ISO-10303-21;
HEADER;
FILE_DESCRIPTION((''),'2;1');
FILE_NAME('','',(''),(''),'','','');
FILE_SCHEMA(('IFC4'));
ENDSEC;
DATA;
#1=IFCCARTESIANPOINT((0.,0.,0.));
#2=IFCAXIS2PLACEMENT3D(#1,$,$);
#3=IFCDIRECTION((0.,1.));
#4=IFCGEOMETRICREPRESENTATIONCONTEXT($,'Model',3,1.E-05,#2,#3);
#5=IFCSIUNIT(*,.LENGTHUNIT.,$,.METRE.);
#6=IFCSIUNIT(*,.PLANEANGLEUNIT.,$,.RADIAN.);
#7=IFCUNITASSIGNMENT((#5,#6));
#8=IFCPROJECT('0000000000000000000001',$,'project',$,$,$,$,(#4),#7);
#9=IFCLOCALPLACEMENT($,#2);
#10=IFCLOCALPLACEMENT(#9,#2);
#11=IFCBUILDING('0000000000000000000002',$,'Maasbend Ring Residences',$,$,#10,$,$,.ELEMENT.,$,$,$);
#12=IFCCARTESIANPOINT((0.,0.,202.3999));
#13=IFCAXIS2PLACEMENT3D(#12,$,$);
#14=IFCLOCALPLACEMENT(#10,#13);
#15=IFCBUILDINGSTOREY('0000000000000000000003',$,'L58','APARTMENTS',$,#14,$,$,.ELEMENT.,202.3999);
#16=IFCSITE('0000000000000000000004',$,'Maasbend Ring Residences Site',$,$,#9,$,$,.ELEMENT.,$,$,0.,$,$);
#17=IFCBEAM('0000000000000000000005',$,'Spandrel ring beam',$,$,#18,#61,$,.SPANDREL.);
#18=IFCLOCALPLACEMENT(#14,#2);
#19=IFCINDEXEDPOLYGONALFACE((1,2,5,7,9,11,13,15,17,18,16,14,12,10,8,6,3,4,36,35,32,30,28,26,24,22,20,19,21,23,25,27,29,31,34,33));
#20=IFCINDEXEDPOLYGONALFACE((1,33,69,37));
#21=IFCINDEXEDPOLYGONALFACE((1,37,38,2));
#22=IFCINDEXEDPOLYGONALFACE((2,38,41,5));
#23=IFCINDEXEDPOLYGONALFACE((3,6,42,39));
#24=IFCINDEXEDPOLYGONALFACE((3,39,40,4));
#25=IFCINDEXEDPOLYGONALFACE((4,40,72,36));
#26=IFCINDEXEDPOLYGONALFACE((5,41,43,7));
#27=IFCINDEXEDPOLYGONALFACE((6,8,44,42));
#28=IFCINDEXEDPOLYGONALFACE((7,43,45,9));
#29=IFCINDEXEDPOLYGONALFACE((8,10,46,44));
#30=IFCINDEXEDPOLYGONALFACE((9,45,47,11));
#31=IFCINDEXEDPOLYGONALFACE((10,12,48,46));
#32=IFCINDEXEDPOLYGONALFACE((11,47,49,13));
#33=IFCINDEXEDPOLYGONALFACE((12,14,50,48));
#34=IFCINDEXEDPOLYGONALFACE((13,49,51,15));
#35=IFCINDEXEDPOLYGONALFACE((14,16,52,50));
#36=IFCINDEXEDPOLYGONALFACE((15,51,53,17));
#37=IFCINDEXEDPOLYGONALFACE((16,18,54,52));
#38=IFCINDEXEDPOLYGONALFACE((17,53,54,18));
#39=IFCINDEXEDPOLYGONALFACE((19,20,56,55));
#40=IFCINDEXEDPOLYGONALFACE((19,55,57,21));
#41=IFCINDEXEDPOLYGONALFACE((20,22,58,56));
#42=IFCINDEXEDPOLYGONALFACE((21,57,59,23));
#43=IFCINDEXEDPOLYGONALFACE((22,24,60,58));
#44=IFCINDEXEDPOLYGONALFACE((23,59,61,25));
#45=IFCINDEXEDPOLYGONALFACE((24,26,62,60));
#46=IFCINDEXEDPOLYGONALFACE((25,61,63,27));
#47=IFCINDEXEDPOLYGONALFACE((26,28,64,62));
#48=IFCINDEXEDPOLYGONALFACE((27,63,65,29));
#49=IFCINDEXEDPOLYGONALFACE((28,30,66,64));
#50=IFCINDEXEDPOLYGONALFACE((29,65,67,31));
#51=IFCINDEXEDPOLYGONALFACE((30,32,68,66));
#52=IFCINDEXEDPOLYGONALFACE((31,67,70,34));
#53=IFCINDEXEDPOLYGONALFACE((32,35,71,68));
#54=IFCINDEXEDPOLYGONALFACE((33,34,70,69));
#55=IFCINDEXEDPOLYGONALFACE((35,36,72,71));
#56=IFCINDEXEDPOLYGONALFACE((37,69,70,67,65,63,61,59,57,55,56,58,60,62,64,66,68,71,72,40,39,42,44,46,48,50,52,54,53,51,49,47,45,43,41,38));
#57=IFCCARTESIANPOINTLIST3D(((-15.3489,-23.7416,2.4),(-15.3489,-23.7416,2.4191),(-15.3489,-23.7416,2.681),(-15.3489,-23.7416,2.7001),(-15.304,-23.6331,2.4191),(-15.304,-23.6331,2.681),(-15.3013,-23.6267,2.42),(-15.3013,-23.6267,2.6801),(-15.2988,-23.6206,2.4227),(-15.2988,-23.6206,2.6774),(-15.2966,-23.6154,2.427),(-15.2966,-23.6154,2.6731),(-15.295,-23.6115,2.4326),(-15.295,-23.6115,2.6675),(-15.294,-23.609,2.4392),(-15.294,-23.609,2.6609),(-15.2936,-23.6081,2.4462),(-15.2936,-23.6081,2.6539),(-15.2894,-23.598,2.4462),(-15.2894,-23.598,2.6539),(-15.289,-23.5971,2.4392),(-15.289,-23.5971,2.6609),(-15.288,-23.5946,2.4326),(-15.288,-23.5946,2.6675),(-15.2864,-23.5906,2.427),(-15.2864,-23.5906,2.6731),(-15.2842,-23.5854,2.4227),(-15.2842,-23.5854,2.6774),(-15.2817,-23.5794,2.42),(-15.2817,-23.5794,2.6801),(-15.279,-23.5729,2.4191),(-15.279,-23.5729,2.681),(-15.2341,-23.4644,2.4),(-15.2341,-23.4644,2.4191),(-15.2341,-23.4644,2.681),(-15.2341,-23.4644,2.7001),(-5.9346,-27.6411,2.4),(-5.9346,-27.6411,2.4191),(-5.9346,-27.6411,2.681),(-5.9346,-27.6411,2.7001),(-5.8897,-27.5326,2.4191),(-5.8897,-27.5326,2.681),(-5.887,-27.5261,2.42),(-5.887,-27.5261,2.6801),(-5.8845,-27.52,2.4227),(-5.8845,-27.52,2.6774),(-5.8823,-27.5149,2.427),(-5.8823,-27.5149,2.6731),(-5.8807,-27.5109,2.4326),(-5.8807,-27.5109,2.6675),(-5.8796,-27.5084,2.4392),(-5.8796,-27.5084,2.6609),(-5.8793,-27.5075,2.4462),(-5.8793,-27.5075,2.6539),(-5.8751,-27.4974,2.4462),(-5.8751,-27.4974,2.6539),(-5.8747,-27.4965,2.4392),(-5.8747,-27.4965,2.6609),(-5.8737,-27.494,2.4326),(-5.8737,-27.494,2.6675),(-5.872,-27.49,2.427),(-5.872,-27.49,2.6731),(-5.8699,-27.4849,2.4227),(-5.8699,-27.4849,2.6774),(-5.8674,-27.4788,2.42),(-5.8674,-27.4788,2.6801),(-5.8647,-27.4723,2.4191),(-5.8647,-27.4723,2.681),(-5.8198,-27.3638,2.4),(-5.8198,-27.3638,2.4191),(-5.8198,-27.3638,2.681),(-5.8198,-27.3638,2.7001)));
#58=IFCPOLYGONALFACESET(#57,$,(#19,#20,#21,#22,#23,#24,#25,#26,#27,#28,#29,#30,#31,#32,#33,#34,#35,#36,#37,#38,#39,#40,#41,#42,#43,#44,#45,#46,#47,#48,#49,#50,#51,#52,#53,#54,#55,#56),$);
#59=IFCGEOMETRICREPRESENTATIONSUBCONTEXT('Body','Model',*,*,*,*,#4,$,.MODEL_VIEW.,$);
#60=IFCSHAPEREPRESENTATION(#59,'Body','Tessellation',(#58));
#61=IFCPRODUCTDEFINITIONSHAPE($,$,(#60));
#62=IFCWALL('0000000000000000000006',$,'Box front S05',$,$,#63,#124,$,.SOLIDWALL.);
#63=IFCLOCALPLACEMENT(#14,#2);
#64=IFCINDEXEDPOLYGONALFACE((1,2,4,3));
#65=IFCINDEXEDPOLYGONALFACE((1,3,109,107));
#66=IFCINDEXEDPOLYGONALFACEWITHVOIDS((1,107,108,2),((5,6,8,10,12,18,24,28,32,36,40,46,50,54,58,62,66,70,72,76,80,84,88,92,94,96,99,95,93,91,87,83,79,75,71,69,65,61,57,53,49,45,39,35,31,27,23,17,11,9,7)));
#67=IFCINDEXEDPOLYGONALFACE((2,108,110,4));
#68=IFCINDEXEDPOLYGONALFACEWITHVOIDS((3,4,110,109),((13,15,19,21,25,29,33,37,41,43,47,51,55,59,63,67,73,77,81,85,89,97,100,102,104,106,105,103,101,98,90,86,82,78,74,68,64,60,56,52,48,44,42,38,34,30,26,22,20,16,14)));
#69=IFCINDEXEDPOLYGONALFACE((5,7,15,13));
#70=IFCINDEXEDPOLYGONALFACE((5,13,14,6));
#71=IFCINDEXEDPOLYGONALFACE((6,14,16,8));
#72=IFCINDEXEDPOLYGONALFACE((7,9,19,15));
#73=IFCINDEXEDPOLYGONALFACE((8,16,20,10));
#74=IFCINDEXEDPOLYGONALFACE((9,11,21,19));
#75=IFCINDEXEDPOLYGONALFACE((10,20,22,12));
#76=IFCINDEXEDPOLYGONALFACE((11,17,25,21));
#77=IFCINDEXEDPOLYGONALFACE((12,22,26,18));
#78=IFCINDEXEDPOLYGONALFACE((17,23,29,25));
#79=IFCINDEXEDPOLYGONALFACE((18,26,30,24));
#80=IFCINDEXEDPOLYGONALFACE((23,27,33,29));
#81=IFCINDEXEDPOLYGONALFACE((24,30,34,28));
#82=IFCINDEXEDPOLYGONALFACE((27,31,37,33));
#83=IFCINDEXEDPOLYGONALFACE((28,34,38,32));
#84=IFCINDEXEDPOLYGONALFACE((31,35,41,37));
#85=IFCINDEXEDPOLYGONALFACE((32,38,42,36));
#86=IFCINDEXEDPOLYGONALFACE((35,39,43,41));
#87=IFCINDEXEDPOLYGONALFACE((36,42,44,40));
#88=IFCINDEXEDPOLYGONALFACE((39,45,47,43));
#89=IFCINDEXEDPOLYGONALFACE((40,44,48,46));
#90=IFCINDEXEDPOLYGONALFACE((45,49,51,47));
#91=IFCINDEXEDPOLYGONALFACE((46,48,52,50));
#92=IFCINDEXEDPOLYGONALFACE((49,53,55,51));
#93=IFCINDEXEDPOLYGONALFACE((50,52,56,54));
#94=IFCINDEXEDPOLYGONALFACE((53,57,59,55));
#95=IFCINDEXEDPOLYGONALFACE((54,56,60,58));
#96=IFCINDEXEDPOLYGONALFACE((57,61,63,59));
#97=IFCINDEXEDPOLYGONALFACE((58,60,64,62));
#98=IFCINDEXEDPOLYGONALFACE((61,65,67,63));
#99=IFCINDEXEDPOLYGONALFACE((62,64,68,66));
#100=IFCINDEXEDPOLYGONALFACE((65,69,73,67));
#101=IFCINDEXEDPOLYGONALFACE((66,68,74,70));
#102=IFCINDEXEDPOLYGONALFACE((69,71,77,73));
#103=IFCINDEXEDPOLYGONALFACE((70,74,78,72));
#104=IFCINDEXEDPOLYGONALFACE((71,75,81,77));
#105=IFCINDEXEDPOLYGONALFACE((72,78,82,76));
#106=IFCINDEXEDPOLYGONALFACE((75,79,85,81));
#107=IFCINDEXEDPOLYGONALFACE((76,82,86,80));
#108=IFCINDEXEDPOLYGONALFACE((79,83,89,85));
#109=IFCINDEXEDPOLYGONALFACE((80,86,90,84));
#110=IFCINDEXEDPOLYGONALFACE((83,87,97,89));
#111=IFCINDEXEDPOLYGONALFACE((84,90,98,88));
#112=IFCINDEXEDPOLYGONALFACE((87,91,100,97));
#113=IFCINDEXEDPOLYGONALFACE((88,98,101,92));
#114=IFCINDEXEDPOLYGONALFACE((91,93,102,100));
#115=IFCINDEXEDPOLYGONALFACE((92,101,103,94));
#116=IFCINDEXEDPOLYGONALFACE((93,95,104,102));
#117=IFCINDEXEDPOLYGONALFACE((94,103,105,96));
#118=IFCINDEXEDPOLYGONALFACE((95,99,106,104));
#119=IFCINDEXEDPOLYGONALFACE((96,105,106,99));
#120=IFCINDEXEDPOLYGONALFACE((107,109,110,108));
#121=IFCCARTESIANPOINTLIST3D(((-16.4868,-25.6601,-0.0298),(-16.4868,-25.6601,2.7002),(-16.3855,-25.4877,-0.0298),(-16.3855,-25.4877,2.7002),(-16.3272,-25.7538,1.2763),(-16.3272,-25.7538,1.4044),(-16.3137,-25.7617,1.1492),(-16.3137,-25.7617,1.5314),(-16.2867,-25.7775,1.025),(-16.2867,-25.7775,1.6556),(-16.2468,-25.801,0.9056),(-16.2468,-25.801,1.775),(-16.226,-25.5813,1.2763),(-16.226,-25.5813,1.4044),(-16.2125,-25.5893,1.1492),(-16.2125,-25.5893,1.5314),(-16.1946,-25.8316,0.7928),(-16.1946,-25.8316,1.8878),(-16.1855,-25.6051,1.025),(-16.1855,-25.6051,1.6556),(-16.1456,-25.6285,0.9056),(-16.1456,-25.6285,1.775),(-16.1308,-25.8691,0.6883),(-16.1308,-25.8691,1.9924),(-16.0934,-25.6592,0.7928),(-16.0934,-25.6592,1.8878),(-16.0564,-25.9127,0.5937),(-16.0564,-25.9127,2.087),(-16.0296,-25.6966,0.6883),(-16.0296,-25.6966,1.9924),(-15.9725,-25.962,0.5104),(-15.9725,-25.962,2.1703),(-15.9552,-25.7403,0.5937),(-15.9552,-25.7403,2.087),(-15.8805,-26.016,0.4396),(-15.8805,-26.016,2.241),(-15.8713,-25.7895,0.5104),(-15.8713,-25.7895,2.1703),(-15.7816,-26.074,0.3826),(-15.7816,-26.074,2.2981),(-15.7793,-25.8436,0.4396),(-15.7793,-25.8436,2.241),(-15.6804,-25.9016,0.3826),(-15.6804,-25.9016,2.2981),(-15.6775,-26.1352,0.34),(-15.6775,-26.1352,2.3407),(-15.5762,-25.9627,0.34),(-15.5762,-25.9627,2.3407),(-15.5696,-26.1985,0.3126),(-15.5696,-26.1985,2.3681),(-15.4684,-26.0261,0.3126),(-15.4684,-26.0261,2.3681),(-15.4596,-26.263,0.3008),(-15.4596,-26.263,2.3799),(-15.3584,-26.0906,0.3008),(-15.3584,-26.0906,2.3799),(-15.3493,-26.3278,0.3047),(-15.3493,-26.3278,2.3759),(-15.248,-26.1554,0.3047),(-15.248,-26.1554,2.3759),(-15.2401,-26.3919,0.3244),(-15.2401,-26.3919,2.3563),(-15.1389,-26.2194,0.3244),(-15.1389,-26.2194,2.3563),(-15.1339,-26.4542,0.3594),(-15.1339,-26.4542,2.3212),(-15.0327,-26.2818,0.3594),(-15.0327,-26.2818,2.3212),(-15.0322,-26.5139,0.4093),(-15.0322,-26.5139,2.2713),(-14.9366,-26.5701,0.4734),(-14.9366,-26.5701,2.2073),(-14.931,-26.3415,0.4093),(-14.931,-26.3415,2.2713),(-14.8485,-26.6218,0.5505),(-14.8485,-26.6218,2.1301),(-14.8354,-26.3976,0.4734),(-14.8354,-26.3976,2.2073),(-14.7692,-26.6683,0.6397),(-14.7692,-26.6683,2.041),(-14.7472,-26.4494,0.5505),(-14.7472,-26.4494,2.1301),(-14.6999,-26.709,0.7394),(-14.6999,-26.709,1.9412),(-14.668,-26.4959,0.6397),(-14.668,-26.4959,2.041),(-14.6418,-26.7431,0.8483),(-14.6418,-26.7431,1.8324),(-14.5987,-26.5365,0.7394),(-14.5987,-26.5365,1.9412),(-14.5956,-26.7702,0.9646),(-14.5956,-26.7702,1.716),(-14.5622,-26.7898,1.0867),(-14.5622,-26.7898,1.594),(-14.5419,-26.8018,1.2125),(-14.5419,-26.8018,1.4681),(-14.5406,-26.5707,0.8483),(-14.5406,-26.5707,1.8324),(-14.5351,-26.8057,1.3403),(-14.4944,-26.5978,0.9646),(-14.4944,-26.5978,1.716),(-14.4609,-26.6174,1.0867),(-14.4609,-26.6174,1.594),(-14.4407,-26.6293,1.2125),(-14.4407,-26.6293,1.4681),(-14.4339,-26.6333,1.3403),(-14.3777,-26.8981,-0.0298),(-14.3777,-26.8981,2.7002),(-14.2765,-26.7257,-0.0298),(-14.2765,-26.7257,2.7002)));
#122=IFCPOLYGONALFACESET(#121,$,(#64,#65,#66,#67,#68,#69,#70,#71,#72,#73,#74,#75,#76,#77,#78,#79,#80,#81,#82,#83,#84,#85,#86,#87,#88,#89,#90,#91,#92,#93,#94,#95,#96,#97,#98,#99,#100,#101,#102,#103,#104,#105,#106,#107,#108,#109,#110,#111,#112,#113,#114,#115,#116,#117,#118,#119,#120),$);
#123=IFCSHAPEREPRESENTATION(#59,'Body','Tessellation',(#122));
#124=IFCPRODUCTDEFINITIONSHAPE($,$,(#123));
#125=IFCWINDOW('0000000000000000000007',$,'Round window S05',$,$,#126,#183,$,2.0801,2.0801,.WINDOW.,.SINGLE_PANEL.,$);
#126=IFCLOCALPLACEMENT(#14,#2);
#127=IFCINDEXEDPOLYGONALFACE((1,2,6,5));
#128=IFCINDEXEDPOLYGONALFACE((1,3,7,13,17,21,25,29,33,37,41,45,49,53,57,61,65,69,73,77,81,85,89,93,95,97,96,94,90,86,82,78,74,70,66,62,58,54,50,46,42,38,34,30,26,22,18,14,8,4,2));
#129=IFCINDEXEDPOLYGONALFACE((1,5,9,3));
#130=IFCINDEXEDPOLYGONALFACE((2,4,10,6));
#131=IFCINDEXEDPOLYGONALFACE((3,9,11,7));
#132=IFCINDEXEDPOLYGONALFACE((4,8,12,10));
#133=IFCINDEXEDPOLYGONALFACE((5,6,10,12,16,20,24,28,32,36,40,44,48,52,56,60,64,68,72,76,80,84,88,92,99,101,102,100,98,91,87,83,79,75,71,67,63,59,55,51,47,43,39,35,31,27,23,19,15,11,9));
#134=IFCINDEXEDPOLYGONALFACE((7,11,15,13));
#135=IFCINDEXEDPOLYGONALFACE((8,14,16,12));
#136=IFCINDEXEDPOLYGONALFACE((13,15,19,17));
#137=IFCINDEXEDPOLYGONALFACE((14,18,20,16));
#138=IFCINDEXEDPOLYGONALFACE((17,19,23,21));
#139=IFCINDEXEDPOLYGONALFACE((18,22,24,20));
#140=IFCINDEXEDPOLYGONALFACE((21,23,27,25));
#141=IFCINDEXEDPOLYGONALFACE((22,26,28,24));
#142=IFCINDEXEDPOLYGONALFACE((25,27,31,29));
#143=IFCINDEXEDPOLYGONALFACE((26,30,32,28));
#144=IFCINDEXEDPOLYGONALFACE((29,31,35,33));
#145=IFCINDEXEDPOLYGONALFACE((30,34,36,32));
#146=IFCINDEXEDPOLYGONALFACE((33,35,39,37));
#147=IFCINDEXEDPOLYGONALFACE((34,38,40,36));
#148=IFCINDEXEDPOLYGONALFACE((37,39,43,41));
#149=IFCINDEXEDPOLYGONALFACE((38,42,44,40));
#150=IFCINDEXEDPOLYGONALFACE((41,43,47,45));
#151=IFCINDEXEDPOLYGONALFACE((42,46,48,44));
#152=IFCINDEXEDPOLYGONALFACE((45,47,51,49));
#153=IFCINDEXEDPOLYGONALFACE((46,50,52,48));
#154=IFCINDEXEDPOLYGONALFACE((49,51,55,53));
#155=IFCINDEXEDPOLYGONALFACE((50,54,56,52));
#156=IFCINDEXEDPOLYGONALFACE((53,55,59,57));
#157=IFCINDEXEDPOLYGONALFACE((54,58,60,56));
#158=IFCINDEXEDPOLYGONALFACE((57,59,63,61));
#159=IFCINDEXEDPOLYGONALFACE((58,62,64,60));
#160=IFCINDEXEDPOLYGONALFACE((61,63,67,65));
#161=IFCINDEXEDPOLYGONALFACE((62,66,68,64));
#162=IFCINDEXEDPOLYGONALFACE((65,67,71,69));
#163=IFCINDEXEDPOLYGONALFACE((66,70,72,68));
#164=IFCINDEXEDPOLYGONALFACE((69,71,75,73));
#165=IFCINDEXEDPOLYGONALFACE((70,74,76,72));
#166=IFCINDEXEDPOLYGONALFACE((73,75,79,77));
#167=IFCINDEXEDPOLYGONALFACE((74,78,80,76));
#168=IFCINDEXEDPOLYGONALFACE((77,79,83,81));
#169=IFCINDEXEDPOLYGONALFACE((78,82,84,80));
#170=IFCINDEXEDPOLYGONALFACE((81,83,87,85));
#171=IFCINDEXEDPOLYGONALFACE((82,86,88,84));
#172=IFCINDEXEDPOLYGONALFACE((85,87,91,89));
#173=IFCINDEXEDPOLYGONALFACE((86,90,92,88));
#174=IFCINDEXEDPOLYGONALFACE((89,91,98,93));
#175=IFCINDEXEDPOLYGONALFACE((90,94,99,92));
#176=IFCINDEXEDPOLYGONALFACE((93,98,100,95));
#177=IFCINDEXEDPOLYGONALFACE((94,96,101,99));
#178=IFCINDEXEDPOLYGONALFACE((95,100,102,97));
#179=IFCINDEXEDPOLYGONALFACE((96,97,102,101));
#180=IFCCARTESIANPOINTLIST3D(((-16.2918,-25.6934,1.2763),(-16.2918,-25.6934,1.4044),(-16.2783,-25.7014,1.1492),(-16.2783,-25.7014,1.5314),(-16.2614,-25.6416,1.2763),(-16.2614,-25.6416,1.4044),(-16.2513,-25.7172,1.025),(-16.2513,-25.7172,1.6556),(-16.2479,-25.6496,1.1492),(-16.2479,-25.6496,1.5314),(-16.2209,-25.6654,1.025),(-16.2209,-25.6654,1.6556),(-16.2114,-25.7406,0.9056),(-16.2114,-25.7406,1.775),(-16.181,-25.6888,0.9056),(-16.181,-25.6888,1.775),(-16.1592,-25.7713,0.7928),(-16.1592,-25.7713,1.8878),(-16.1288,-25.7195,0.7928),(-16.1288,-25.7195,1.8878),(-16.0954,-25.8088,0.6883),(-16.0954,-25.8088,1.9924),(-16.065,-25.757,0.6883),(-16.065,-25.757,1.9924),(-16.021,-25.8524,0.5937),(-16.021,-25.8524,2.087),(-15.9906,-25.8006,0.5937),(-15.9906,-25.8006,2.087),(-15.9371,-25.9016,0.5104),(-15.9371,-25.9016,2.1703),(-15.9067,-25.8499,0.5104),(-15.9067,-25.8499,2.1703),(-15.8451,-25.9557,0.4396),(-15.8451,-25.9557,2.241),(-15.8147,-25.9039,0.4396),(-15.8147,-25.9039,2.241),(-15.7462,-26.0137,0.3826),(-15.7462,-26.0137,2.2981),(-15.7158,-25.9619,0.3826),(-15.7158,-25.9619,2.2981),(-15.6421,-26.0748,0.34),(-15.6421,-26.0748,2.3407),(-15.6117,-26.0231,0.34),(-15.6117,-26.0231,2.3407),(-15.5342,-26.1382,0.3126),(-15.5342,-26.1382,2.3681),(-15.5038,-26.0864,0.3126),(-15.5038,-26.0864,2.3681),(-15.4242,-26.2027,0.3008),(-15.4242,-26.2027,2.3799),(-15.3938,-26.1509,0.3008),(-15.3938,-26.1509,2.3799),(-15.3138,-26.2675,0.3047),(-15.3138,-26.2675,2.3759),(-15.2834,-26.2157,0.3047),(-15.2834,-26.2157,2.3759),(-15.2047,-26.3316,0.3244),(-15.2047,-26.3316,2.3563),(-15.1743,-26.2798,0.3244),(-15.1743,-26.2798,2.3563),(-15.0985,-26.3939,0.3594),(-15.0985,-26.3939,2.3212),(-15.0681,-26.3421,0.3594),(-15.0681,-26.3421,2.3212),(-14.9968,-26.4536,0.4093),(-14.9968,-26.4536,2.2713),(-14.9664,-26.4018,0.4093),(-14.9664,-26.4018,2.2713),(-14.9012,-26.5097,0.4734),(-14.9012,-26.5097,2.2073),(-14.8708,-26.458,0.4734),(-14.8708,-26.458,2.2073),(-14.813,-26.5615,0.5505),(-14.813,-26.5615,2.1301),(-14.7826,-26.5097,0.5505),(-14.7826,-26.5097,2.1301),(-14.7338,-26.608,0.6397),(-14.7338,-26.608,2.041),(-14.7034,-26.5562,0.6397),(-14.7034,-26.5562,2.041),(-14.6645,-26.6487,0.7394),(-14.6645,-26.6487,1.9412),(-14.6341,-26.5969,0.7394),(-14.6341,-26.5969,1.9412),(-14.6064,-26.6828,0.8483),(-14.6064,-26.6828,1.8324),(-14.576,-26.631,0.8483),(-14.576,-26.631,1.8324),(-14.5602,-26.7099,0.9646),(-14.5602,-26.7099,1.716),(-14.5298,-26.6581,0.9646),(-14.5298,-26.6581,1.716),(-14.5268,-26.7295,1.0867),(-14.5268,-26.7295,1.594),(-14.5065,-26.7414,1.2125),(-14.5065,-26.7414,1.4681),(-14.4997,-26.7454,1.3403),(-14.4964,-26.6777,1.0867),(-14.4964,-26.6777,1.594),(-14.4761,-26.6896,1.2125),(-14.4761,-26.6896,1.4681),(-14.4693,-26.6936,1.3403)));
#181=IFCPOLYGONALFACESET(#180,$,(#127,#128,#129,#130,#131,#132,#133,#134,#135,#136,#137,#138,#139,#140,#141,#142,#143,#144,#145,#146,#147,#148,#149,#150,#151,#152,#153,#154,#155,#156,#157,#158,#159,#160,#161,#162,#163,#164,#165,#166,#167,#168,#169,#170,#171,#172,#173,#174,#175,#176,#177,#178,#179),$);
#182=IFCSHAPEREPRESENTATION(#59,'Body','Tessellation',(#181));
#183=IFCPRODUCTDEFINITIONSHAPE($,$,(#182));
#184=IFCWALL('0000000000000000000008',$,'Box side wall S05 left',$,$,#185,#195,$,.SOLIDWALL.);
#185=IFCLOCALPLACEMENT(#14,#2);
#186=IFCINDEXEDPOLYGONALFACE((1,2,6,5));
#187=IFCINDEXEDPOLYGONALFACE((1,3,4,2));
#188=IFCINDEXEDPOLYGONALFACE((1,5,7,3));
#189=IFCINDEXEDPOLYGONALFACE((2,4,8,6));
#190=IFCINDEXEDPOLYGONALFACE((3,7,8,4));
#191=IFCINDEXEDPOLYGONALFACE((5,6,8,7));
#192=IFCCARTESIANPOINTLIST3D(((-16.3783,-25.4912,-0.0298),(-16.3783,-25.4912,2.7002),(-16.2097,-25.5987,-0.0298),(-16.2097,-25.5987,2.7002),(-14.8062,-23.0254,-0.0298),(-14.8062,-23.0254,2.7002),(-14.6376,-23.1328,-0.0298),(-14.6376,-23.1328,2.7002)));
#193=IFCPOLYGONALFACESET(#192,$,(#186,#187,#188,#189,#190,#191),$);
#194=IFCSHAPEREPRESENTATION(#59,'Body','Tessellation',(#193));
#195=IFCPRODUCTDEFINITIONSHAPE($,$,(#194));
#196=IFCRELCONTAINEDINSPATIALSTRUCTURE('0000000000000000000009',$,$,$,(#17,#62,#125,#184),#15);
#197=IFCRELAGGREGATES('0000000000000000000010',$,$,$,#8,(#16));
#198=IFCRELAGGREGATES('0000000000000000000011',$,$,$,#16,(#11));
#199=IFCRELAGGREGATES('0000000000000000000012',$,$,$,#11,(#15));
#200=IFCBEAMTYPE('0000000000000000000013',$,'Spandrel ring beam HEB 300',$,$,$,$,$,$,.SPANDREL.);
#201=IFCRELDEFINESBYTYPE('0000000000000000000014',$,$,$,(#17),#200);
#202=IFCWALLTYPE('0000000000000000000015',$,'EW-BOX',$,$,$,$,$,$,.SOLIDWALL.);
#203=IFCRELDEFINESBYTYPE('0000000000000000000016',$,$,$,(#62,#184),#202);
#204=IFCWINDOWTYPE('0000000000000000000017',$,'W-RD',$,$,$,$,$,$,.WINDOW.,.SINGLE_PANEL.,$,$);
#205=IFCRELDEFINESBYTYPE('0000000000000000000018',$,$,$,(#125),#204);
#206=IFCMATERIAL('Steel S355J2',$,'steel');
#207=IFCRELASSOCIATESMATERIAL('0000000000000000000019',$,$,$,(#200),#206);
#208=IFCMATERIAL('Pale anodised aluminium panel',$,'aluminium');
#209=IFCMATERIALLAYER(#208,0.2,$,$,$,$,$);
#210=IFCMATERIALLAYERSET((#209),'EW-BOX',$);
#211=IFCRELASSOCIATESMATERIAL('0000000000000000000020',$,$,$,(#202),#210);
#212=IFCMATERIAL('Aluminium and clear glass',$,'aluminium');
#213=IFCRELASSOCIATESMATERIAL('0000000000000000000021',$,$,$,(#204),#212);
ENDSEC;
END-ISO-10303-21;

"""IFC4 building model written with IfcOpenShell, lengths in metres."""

from ifc_helpers import new_model, si_unit, direction, frame, frame_2d, origin, origin_2d, place, context, subcontext, project, spatial, rectangle, circle, i_section, extrude, material, layer, layer_set, material_profile, profile_set, type_object, element, fill, save


model = new_model("IFC4")

# Units and contexts
model_context = context("Model", 3, precision=1e-05, world=origin(), true_north=direction((0.0, 1.0)))
body_context = subcontext(model_context, "Body", "Model", "MODEL_VIEW")
ifc_project = project(units=[si_unit("LENGTHUNIT", "METRE"), si_unit("PLANEANGLEUNIT", "RADIAN")], contexts=[model_context])

# Site, building, storey
site_placement = place(None, origin())
site = spatial("IfcSite", under=ifc_project, at=site_placement, Name="Maasbend Ring Residences Site", CompositionType="ELEMENT", RefElevation=0.0)
building_placement = place(site_placement, origin())
building = spatial("IfcBuilding", under=site, at=building_placement, Name="Maasbend Ring Residences", CompositionType="ELEMENT")
storey_placement = place(building_placement, frame((0.0, 0.0, 202.3999)))
storey = spatial("IfcBuildingStorey", under=building, at=storey_placement, Name="L58", Description="APARTMENTS", CompositionType="ELEMENT", Elevation=202.3999)

# Beam
ifc_material_1 = material(Name="Steel S355J2", Category="steel")
ifc_material_profile_1 = material_profile(ifc_material_1, i_section(OverallWidth=0.3, OverallDepth=0.3, WebThickness=0.011, FlangeThickness=0.019, FilletRadius=0.0271, at=origin_2d()), Name="HEB 300")
ifc_profile_set_1 = profile_set([ifc_material_profile_1], Name="Steel S355J2")
beam_type_1 = type_object("IfcBeamType", Name="Spandrel ring beam HEB 300", PredefinedType="SPANDREL", material=ifc_profile_set_1)
beam_1_placement = place(storey_placement, frame((-15.2915, -23.603, 2.55), z_axis=(0.923884, -0.382673, 0.0), x_axis=(0.382673, 0.923884, 0.0)))
element("IfcBeam", 1, at=beam_1_placement, inside=storey, type_object=beam_type_1, Name="Spandrel ring beam", PredefinedType="SPANDREL", context=body_context, shape_type="SweptSolid", body=[
    extrude(i_section(OverallWidth=0.3, OverallDepth=0.3, WebThickness=0.011, FlangeThickness=0.019, FilletRadius=0.0271, at=origin_2d()), origin(), (0.0, 0.0, 1.0), 10.1899),
])

# Wall, opening, window
ifc_material_2 = material(Name="Pale anodised aluminium panel", Category="aluminium")
ifc_layer_1 = layer(ifc_material_2, 0.2)
ifc_layer_set_1 = layer_set([ifc_layer_1], Name="EW-BOX")
wall_type_1 = type_object("IfcWallType", Name="EW-BOX", PredefinedType="SOLIDWALL", material=ifc_layer_set_1)
wall_1_placement = place(storey_placement, frame((-16.436, -25.574, -0.0298), z_axis=(0.0, 0.0, 1.0), x_axis=(0.862403, -0.506222, 0.0)))
wall_1 = element("IfcWall", 2, at=wall_1_placement, inside=storey, type_object=wall_type_1, Name="Box front S05", PredefinedType="SOLIDWALL", context=body_context, shape_type="SweptSolid", body=[
    extrude(rectangle(XDim=2.4456, YDim=0.2, at=frame_2d((1.2227, 0.0))), origin(), (0.0, 0.0, 1.0), 2.73),
])
opening_1_placement = place(wall_1_placement, frame((0.1829, 0.0, 0.3301)))
opening_1 = element("IfcOpeningElement", 3, at=opening_1_placement, cuts=wall_1, PredefinedType="OPENING", context=body_context, shape_type="SweptSolid", body=[
    extrude(circle(Radius=1.04, at=frame_2d((1.04, 1.04))), frame((0.0, 0.1099, 0.0), z_axis=(0.0, -1.0, 0.0), x_axis=(1.0, 0.0, 0.0)), (0.0, 0.0, 1.0), 0.22),
])
ifc_material_3 = material(Name="Aluminium and clear glass", Category="aluminium")
window_type_1 = type_object("IfcWindowType", Name="W-RD", PartitioningType="SINGLE_PANEL", PredefinedType="WINDOW", material=ifc_material_3)
window_1_placement = place(opening_1_placement, origin())
window_1 = element("IfcWindow", 4, at=window_1_placement, inside=storey, type_object=window_type_1, Name="Round window S05", OverallHeight=2.0801, OverallWidth=2.0801, PartitioningType="SINGLE_PANEL", PredefinedType="WINDOW", context=body_context, shape_type="SweptSolid", body=[
    extrude(circle(Radius=1.04, at=frame_2d((1.04, 1.04))), frame((0.0, 0.03, 0.0), z_axis=(0.0, -1.0, 0.0), x_axis=(1.0, 0.0, 0.0)), (0.0, 0.0, 1.0), 0.0601),
])
fill(opening_1, window_1)

# Wall
wall_2_placement = place(storey_placement, frame((-14.7219, -23.0791, -0.0298), z_axis=(0.0, 0.0, 1.0), x_axis=(-0.537572, -0.843218, 0.0)))
element("IfcWall", 5, at=wall_2_placement, inside=storey, type_object=wall_type_1, Name="Box side wall S05 left", PredefinedType="SOLIDWALL", context=body_context, shape_type="SweptSolid", body=[
    extrude(rectangle(XDim=2.9243, YDim=0.2, at=frame_2d((1.4622, 0.0))), origin(), (0.0, 0.0, 1.0), 2.73),
])

save(model, "model.ifc")
